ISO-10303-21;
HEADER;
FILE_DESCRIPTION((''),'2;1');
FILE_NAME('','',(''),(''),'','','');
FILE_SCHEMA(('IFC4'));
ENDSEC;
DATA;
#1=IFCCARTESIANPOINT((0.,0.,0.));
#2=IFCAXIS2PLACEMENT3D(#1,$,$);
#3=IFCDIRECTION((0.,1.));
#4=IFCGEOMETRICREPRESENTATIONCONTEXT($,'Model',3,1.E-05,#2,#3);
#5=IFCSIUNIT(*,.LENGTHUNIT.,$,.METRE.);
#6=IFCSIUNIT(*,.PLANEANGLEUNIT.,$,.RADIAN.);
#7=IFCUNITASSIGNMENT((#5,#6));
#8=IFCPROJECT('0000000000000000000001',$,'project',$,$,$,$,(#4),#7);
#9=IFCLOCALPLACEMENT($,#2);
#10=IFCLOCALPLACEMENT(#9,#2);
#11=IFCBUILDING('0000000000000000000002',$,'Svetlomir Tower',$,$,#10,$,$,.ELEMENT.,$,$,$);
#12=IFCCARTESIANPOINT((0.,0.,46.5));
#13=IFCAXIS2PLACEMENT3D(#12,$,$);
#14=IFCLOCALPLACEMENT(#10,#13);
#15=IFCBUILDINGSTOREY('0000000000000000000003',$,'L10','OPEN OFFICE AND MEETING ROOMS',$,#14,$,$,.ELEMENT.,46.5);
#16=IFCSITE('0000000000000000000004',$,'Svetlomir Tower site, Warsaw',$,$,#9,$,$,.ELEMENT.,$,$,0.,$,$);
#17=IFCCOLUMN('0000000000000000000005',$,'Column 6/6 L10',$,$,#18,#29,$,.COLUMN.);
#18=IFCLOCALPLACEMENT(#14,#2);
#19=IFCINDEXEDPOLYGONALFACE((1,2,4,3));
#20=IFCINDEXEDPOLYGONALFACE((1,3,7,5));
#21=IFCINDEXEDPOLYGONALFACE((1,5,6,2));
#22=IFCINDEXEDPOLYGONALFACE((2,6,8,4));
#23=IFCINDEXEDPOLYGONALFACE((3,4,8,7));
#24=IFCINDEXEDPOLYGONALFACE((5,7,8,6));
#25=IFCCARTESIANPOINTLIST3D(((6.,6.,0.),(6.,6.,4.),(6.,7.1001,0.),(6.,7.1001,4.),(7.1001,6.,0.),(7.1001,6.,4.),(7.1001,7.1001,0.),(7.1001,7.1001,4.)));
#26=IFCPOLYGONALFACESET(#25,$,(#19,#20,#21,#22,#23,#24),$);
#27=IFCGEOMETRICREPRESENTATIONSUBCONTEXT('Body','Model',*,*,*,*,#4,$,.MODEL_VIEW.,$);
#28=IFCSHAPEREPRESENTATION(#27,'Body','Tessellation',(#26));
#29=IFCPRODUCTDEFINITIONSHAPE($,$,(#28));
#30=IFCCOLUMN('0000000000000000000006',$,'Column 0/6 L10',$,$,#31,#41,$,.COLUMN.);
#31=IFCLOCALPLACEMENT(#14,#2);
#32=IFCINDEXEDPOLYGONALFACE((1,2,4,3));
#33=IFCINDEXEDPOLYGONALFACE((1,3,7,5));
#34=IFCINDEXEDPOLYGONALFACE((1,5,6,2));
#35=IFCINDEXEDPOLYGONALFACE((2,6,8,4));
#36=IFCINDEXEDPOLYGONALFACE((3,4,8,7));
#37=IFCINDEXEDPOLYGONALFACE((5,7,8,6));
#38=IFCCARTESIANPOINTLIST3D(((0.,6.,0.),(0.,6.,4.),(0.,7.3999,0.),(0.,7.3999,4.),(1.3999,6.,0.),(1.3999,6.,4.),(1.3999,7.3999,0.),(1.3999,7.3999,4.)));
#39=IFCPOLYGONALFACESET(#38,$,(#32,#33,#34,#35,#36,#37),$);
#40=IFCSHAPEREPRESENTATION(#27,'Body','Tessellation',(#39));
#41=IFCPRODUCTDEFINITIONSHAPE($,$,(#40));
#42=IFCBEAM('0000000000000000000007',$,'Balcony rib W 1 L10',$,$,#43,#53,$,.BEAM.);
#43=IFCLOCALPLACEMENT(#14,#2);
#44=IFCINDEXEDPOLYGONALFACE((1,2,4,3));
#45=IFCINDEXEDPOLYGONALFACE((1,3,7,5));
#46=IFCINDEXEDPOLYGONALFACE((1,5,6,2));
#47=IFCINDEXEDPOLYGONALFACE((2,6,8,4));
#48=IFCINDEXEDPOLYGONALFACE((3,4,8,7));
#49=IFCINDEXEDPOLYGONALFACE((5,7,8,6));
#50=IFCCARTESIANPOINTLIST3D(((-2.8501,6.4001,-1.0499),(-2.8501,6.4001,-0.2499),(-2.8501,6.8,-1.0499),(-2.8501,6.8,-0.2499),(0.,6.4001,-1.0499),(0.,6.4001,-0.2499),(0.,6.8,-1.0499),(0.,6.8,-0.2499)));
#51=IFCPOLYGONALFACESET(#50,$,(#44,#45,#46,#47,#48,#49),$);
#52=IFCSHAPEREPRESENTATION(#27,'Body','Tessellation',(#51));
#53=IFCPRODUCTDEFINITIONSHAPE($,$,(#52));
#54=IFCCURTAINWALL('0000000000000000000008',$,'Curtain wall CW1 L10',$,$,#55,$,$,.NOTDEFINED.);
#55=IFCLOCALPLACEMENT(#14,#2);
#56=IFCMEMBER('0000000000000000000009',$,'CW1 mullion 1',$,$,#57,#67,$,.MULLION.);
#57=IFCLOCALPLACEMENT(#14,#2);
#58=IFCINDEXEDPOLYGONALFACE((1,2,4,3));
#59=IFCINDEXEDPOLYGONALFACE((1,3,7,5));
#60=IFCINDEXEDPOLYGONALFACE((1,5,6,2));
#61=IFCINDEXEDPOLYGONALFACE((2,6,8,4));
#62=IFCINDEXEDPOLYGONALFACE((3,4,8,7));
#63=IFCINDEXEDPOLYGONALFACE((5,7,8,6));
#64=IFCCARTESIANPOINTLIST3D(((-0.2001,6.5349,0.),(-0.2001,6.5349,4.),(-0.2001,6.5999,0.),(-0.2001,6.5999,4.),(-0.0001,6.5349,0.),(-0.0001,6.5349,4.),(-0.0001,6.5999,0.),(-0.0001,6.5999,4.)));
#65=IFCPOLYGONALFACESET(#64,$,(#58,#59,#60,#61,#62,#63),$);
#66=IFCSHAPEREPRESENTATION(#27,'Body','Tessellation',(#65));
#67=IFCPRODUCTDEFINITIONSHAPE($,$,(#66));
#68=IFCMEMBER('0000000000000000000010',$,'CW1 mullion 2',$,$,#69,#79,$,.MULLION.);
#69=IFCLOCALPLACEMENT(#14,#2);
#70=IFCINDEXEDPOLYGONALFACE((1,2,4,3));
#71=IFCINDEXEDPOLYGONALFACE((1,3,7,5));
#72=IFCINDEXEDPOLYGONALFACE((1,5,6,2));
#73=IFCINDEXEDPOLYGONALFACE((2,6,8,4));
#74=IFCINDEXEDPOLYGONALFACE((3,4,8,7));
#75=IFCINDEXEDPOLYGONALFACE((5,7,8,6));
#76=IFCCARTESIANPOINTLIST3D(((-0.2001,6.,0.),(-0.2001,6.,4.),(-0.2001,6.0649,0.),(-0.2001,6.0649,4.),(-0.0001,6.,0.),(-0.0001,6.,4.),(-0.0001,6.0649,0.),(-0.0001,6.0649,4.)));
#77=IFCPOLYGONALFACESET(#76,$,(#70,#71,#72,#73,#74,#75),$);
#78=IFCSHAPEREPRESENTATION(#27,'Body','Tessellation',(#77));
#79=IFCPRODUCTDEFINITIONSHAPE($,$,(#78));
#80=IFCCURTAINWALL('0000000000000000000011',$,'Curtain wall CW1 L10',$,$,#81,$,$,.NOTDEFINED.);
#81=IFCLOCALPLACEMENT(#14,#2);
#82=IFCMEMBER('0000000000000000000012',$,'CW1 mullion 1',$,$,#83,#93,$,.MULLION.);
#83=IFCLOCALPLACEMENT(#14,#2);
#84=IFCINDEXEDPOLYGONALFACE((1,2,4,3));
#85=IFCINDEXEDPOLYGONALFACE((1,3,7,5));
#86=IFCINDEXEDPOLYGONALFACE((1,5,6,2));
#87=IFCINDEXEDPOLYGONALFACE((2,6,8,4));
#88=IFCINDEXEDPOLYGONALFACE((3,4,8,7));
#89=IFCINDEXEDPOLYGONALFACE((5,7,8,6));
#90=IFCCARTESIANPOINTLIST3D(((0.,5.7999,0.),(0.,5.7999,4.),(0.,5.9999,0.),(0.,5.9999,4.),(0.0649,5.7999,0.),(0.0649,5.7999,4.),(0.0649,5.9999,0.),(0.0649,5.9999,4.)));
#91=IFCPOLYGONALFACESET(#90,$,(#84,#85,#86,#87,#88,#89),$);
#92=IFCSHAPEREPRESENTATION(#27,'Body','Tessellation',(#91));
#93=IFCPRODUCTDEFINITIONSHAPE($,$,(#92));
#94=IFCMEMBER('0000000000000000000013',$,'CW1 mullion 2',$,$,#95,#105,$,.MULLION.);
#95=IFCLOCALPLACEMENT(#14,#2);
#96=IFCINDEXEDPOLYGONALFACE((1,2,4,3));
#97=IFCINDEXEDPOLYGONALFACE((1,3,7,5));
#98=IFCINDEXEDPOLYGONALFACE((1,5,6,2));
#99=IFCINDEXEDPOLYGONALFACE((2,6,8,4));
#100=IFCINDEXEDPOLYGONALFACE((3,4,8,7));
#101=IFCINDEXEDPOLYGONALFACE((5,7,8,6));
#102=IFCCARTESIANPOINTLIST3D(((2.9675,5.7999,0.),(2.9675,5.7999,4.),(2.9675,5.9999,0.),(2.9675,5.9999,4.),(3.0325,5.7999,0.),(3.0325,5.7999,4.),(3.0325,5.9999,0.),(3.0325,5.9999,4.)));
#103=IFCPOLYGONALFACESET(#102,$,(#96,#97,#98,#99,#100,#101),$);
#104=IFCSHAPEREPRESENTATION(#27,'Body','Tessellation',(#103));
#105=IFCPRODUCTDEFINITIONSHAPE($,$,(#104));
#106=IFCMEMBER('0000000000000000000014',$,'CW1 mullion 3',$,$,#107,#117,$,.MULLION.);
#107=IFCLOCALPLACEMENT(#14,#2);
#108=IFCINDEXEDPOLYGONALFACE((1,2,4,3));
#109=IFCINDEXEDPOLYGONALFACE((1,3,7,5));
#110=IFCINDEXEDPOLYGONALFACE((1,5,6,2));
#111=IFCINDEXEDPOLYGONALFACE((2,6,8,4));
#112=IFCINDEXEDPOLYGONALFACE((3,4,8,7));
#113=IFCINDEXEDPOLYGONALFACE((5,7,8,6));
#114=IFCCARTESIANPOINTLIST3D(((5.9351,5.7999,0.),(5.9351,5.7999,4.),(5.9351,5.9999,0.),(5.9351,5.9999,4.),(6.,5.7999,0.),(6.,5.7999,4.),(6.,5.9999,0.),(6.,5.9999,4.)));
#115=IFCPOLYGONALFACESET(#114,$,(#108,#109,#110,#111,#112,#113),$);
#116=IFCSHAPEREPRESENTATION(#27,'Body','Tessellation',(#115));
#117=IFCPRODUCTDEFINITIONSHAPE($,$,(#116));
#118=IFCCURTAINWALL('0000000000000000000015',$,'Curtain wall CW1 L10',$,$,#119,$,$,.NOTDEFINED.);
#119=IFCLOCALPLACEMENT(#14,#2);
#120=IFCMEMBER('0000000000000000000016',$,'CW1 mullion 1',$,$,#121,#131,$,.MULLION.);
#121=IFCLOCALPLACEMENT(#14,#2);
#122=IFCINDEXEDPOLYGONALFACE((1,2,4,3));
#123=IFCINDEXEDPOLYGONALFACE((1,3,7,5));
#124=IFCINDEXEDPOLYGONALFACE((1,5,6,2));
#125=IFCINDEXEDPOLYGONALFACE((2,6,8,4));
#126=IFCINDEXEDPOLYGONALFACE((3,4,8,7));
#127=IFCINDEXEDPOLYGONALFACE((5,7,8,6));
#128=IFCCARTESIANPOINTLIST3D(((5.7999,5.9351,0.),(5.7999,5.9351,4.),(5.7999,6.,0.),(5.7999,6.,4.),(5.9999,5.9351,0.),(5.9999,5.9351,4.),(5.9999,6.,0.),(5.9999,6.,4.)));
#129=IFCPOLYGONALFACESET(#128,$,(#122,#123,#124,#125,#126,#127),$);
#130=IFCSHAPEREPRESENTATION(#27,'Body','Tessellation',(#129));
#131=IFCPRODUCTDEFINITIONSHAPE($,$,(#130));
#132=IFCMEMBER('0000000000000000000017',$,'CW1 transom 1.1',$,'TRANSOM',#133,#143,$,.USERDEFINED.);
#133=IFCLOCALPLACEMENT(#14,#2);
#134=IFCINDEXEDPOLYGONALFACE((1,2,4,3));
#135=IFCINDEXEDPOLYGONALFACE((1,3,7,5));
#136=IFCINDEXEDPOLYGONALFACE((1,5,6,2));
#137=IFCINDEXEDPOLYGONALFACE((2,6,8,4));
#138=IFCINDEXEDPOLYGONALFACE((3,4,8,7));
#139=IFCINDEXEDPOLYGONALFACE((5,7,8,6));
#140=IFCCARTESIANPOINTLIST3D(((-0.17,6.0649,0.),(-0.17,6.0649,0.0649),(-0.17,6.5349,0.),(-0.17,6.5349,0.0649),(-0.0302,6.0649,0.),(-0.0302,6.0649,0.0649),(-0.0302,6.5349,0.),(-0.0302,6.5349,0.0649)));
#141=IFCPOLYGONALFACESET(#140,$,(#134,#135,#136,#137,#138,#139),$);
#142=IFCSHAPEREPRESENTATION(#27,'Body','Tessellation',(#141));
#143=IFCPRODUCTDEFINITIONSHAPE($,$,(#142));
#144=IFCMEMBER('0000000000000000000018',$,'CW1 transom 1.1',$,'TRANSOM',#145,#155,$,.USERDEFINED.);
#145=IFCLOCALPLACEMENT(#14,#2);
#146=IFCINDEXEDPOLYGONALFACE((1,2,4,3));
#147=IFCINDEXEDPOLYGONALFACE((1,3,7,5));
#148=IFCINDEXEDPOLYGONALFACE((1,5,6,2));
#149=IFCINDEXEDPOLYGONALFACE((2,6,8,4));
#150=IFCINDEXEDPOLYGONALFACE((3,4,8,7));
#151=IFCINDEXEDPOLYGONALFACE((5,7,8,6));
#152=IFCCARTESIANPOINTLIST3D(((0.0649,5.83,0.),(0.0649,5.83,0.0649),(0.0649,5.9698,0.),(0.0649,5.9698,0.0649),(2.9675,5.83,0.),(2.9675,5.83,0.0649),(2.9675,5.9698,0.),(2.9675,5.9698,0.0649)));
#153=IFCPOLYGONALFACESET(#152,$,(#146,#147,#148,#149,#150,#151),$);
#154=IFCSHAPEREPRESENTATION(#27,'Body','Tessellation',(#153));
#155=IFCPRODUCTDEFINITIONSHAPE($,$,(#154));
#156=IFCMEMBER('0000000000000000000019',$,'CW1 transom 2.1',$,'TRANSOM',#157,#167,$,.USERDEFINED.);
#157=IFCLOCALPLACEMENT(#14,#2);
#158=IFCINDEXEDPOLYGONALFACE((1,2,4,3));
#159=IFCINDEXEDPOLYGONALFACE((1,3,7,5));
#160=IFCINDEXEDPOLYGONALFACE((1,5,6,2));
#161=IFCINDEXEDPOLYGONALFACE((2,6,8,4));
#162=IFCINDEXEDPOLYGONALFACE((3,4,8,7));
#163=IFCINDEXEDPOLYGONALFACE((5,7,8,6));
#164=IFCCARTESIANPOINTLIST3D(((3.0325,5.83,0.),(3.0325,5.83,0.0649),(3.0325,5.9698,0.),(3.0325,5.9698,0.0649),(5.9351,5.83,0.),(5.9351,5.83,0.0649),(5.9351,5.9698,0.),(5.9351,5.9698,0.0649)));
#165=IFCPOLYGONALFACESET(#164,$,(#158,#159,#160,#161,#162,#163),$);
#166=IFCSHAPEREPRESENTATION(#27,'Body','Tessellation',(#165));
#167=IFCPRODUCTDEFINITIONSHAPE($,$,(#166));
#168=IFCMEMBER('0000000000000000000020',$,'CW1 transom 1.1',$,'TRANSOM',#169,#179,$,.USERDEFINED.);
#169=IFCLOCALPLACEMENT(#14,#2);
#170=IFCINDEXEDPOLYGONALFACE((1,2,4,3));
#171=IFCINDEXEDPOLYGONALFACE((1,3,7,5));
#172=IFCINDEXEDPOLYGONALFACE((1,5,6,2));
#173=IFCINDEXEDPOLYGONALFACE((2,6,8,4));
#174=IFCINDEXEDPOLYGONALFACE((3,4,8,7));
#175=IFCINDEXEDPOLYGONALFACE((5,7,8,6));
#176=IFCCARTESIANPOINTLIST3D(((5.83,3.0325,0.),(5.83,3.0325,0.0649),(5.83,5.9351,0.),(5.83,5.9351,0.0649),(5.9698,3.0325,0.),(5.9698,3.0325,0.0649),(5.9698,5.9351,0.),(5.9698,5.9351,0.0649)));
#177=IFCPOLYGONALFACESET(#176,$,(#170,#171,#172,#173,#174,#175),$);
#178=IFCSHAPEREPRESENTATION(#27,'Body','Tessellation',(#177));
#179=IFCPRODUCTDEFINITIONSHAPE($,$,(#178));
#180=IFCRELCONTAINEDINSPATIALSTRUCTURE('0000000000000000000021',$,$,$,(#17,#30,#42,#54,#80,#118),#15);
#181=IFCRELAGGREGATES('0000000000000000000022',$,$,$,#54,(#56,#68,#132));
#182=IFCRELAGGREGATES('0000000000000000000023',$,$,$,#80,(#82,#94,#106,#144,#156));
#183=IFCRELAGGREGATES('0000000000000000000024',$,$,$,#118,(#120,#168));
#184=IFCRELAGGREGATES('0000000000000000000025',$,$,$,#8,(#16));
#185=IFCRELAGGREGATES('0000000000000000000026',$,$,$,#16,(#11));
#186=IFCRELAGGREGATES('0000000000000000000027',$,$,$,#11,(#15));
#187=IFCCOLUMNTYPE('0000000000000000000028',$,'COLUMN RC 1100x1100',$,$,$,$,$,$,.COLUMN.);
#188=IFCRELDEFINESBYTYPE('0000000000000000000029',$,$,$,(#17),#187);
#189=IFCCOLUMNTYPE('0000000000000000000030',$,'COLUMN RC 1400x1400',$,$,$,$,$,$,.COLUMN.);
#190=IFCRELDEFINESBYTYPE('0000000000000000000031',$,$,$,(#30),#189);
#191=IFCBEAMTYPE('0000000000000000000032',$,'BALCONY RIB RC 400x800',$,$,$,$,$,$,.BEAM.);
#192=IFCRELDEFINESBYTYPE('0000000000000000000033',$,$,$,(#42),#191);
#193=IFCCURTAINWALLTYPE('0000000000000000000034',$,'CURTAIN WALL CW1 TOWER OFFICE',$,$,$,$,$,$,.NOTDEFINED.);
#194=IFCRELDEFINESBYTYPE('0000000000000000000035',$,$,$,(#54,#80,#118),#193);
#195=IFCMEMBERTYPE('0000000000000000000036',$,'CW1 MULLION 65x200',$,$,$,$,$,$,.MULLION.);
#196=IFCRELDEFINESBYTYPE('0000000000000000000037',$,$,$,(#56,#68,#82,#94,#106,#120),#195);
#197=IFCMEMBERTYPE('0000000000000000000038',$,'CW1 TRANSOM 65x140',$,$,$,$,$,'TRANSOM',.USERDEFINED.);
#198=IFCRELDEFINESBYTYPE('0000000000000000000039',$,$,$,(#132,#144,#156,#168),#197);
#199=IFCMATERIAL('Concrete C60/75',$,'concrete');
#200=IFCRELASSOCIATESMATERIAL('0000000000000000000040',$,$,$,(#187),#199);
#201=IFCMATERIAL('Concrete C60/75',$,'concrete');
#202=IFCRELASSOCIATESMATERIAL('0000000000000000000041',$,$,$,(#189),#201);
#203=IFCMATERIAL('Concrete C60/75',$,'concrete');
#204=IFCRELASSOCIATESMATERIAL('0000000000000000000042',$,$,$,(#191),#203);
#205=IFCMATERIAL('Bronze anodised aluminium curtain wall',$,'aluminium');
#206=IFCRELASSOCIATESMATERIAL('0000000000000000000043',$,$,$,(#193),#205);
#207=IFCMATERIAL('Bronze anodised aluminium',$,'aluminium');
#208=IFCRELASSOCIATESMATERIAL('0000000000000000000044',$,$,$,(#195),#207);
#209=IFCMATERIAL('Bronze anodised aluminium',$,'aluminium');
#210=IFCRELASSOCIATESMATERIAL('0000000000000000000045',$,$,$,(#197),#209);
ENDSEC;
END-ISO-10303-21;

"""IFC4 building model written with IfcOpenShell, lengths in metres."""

from ifc_helpers import new_model, si_unit, direction, frame, origin, origin_2d, place, context, subcontext, project, spatial, rectangle, extrude, material, material_profile, profile_set, type_object, element, aggregate, save


model = new_model("IFC4")

# Units and contexts
model_context = context("Model", 3, precision=1e-05, world=origin(), true_north=direction((0.0, 1.0)))
body_context = subcontext(model_context, "Body", "Model", "MODEL_VIEW")
ifc_project = project(units=[si_unit("LENGTHUNIT", "METRE"), si_unit("PLANEANGLEUNIT", "RADIAN")], contexts=[model_context])

# Site, building, storey
site_placement = place(None, origin())
site = spatial("IfcSite", under=ifc_project, at=site_placement, Name="Svetlomir Tower site, Warsaw", CompositionType="ELEMENT", RefElevation=0.0)
building_placement = place(site_placement, origin())
building = spatial("IfcBuilding", under=site, at=building_placement, Name="Svetlomir Tower", CompositionType="ELEMENT")
storey_placement = place(building_placement, frame((0.0, 0.0, 46.5)))
storey = spatial("IfcBuildingStorey", under=building, at=storey_placement, Name="L10", Description="OPEN OFFICE AND MEETING ROOMS", CompositionType="ELEMENT", Elevation=46.5)

# Columns
ifc_material_1 = material(Name="Concrete C60/75", Category="concrete")
ifc_material_profile_1 = material_profile(ifc_material_1, rectangle(XDim=1.1001, YDim=1.1001, at=origin_2d()), Name="RC 1100x1100")
ifc_profile_set_1 = profile_set([ifc_material_profile_1], Name="Concrete C60/75")
column_type_1 = type_object("IfcColumnType", Name="COLUMN RC 1100x1100", PredefinedType="COLUMN", material=ifc_profile_set_1)
column_1_placement = place(storey_placement, frame((6.55, 6.55, 0.0), z_axis=(0.0, 0.0, 1.0), x_axis=(1.0, 0.0, 0.0)))
element("IfcColumn", 1, at=column_1_placement, inside=storey, type_object=column_type_1, Name="Column 6/6 L10", PredefinedType="COLUMN", context=body_context, shape_type="SweptSolid", body=[
    extrude(rectangle(XDim=1.1001, YDim=1.1001, at=origin_2d()), origin(), (0.0, 0.0, 1.0), 4.0),
])
ifc_material_2 = material(Name="Concrete C60/75", Category="concrete")
ifc_material_profile_2 = material_profile(ifc_material_2, rectangle(XDim=1.3999, YDim=1.3999, at=origin_2d()), Name="RC 1400x1400")
ifc_profile_set_2 = profile_set([ifc_material_profile_2], Name="Concrete C60/75")
column_type_2 = type_object("IfcColumnType", Name="COLUMN RC 1400x1400", PredefinedType="COLUMN", material=ifc_profile_set_2)
column_2_placement = place(storey_placement, frame((0.7, 6.7, 0.0), z_axis=(0.0, 0.0, 1.0), x_axis=(1.0, 0.0, 0.0)))
element("IfcColumn", 2, at=column_2_placement, inside=storey, type_object=column_type_2, Name="Column 0/6 L10", PredefinedType="COLUMN", context=body_context, shape_type="SweptSolid", body=[
    extrude(rectangle(XDim=1.3999, YDim=1.3999, at=origin_2d()), origin(), (0.0, 0.0, 1.0), 4.0),
])

# Beam
ifc_material_3 = material(Name="Concrete C60/75", Category="concrete")
ifc_material_profile_3 = material_profile(ifc_material_3, rectangle(XDim=0.3999, YDim=0.8, at=origin_2d()), Name="RC 400x800")
ifc_profile_set_3 = profile_set([ifc_material_profile_3], Name="Concrete C60/75")
beam_type_1 = type_object("IfcBeamType", Name="BALCONY RIB RC 400x800", PredefinedType="BEAM", material=ifc_profile_set_3)
beam_1_placement = place(storey_placement, frame((0.0, 6.6001, -0.6499), z_axis=(-1.0, 0.0, 0.0), x_axis=(0.0, -1.0, 0.0)))
element("IfcBeam", 3, at=beam_1_placement, inside=storey, type_object=beam_type_1, Name="Balcony rib W 1 L10", PredefinedType="BEAM", context=body_context, shape_type="SweptSolid", body=[
    extrude(rectangle(XDim=0.3999, YDim=0.8, at=origin_2d()), origin(), (0.0, 0.0, 1.0), 2.8501),
])

# Curtain walls, members
ifc_material_4 = material(Name="Bronze anodised aluminium curtain wall", Category="aluminium")
curtain_wall_type = type_object("IfcCurtainWallType", Name="CURTAIN WALL CW1 TOWER OFFICE", PredefinedType="NOTDEFINED", material=ifc_material_4)
curtain_wall_1_placement = place(storey_placement, origin())
curtain_wall_1 = element("IfcCurtainWall", 4, at=curtain_wall_1_placement, inside=storey, type_object=curtain_wall_type, Name="Curtain wall CW1 L10", PredefinedType="NOTDEFINED")
ifc_material_5 = material(Name="Bronze anodised aluminium", Category="aluminium")
ifc_material_profile_4 = material_profile(ifc_material_5, rectangle(XDim=0.0649, YDim=0.2, at=origin_2d()), Name="AL 65x200")
ifc_profile_set_4 = profile_set([ifc_material_profile_4], Name="Bronze anodised aluminium 6063-T6")
member_type_1 = type_object("IfcMemberType", Name="CW1 MULLION 65x200", PredefinedType="MULLION", material=ifc_profile_set_4)
member_1_placement = place(storey_placement, frame((-0.1001, 6.5674, 0.0), z_axis=(0.0, 0.0, 1.0), x_axis=(0.0, -1.0, 0.0)))
member_1 = element("IfcMember", 5, at=member_1_placement, type_object=member_type_1, Name="CW1 mullion 1", PredefinedType="MULLION", context=body_context, shape_type="SweptSolid", body=[
    extrude(rectangle(XDim=0.0649, YDim=0.2, at=origin_2d()), origin(), (0.0, 0.0, 1.0), 4.0),
])
member_2_placement = place(storey_placement, frame((-0.1001, 6.0325, 0.0), z_axis=(0.0, 0.0, 1.0), x_axis=(0.0, -1.0, 0.0)))
member_2 = element("IfcMember", 6, at=member_2_placement, type_object=member_type_1, Name="CW1 mullion 2", PredefinedType="MULLION", context=body_context, shape_type="SweptSolid", body=[
    extrude(rectangle(XDim=0.0649, YDim=0.2, at=origin_2d()), origin(), (0.0, 0.0, 1.0), 4.0),
])
curtain_wall_2_placement = place(storey_placement, origin())
curtain_wall_2 = element("IfcCurtainWall", 7, at=curtain_wall_2_placement, inside=storey, type_object=curtain_wall_type, Name="Curtain wall CW1 L10", PredefinedType="NOTDEFINED")
member_3_placement = place(storey_placement, frame((0.0325, 5.8999, 0.0), z_axis=(0.0, 0.0, 1.0), x_axis=(1.0, 0.0, 0.0)))
member_3 = element("IfcMember", 8, at=member_3_placement, type_object=member_type_1, Name="CW1 mullion 1", PredefinedType="MULLION", context=body_context, shape_type="SweptSolid", body=[
    extrude(rectangle(XDim=0.0649, YDim=0.2, at=origin_2d()), origin(), (0.0, 0.0, 1.0), 4.0),
])
member_4_placement = place(storey_placement, frame((3.0, 5.8999, 0.0), z_axis=(0.0, 0.0, 1.0), x_axis=(1.0, 0.0, 0.0)))
member_4 = element("IfcMember", 9, at=member_4_placement, type_object=member_type_1, Name="CW1 mullion 2", PredefinedType="MULLION", context=body_context, shape_type="SweptSolid", body=[
    extrude(rectangle(XDim=0.0649, YDim=0.2, at=origin_2d()), origin(), (0.0, 0.0, 1.0), 4.0),
])
member_5_placement = place(storey_placement, frame((5.9675, 5.8999, 0.0), z_axis=(0.0, 0.0, 1.0), x_axis=(1.0, 0.0, 0.0)))
member_5 = element("IfcMember", 10, at=member_5_placement, type_object=member_type_1, Name="CW1 mullion 3", PredefinedType="MULLION", context=body_context, shape_type="SweptSolid", body=[
    extrude(rectangle(XDim=0.0649, YDim=0.2, at=origin_2d()), origin(), (0.0, 0.0, 1.0), 4.0),
])

# Curtain wall, member
curtain_wall_3_placement = place(storey_placement, origin())
curtain_wall_3 = element("IfcCurtainWall", 11, at=curtain_wall_3_placement, inside=storey, type_object=curtain_wall_type, Name="Curtain wall CW1 L10", PredefinedType="NOTDEFINED")
member_6_placement = place(storey_placement, frame((5.8999, 5.9675, 0.0), z_axis=(0.0, 0.0, 1.0), x_axis=(0.0, -1.0, 0.0)))
member_6 = element("IfcMember", 12, at=member_6_placement, type_object=member_type_1, Name="CW1 mullion 1", PredefinedType="MULLION", context=body_context, shape_type="SweptSolid", body=[
    extrude(rectangle(XDim=0.0649, YDim=0.2, at=origin_2d()), origin(), (0.0, 0.0, 1.0), 4.0),
])

# Members
ifc_material_6 = material(Name="Bronze anodised aluminium", Category="aluminium")
ifc_material_profile_5 = material_profile(ifc_material_6, rectangle(XDim=0.1399, YDim=0.0649, at=origin_2d()), Name="AL 140x65")
ifc_profile_set_5 = profile_set([ifc_material_profile_5], Name="Bronze anodised aluminium 6063-T6")
member_type_2 = type_object("IfcMemberType", Name="CW1 TRANSOM 65x140", ElementType="TRANSOM", PredefinedType="USERDEFINED", material=ifc_profile_set_5)
member_7_placement = place(storey_placement, frame((-0.1001, 6.5349, 0.0325), z_axis=(0.0, -1.0, 0.0), x_axis=(1.0, 0.0, 0.0)))
member_7 = element("IfcMember", 13, at=member_7_placement, type_object=member_type_2, Name="CW1 transom 1.1", ObjectType="TRANSOM", PredefinedType="USERDEFINED", context=body_context, shape_type="SweptSolid", body=[
    extrude(rectangle(XDim=0.1399, YDim=0.0649, at=origin_2d()), origin(), (0.0, 0.0, 1.0), 0.47),
])
member_8_placement = place(storey_placement, frame((0.0649, 5.8999, 0.0325), z_axis=(1.0, 0.0, 0.0), x_axis=(0.0, 1.0, 0.0)))
member_8 = element("IfcMember", 14, at=member_8_placement, type_object=member_type_2, Name="CW1 transom 1.1", ObjectType="TRANSOM", PredefinedType="USERDEFINED", context=body_context, shape_type="SweptSolid", body=[
    extrude(rectangle(XDim=0.1399, YDim=0.0649, at=origin_2d()), origin(), (0.0, 0.0, 1.0), 2.9026),
])
member_9_placement = place(storey_placement, frame((3.0325, 5.8999, 0.0325), z_axis=(1.0, 0.0, 0.0), x_axis=(0.0, 1.0, 0.0)))
member_9 = element("IfcMember", 15, at=member_9_placement, type_object=member_type_2, Name="CW1 transom 2.1", ObjectType="TRANSOM", PredefinedType="USERDEFINED", context=body_context, shape_type="SweptSolid", body=[
    extrude(rectangle(XDim=0.1399, YDim=0.0649, at=origin_2d()), origin(), (0.0, 0.0, 1.0), 2.9026),
])
member_10_placement = place(storey_placement, frame((5.8999, 5.9351, 0.0325), z_axis=(0.0, -1.0, 0.0), x_axis=(1.0, 0.0, 0.0)))
member_10 = element("IfcMember", 16, at=member_10_placement, type_object=member_type_2, Name="CW1 transom 1.1", ObjectType="TRANSOM", PredefinedType="USERDEFINED", context=body_context, shape_type="SweptSolid", body=[
    extrude(rectangle(XDim=0.1399, YDim=0.0649, at=origin_2d()), origin(), (0.0, 0.0, 1.0), 2.9026),
])

aggregate(curtain_wall_1, [member_1, member_2, member_7])
aggregate(curtain_wall_2, [member_3, member_4, member_5, member_8, member_9])
aggregate(curtain_wall_3, [member_6, member_10])

save(model, "model.ifc")
